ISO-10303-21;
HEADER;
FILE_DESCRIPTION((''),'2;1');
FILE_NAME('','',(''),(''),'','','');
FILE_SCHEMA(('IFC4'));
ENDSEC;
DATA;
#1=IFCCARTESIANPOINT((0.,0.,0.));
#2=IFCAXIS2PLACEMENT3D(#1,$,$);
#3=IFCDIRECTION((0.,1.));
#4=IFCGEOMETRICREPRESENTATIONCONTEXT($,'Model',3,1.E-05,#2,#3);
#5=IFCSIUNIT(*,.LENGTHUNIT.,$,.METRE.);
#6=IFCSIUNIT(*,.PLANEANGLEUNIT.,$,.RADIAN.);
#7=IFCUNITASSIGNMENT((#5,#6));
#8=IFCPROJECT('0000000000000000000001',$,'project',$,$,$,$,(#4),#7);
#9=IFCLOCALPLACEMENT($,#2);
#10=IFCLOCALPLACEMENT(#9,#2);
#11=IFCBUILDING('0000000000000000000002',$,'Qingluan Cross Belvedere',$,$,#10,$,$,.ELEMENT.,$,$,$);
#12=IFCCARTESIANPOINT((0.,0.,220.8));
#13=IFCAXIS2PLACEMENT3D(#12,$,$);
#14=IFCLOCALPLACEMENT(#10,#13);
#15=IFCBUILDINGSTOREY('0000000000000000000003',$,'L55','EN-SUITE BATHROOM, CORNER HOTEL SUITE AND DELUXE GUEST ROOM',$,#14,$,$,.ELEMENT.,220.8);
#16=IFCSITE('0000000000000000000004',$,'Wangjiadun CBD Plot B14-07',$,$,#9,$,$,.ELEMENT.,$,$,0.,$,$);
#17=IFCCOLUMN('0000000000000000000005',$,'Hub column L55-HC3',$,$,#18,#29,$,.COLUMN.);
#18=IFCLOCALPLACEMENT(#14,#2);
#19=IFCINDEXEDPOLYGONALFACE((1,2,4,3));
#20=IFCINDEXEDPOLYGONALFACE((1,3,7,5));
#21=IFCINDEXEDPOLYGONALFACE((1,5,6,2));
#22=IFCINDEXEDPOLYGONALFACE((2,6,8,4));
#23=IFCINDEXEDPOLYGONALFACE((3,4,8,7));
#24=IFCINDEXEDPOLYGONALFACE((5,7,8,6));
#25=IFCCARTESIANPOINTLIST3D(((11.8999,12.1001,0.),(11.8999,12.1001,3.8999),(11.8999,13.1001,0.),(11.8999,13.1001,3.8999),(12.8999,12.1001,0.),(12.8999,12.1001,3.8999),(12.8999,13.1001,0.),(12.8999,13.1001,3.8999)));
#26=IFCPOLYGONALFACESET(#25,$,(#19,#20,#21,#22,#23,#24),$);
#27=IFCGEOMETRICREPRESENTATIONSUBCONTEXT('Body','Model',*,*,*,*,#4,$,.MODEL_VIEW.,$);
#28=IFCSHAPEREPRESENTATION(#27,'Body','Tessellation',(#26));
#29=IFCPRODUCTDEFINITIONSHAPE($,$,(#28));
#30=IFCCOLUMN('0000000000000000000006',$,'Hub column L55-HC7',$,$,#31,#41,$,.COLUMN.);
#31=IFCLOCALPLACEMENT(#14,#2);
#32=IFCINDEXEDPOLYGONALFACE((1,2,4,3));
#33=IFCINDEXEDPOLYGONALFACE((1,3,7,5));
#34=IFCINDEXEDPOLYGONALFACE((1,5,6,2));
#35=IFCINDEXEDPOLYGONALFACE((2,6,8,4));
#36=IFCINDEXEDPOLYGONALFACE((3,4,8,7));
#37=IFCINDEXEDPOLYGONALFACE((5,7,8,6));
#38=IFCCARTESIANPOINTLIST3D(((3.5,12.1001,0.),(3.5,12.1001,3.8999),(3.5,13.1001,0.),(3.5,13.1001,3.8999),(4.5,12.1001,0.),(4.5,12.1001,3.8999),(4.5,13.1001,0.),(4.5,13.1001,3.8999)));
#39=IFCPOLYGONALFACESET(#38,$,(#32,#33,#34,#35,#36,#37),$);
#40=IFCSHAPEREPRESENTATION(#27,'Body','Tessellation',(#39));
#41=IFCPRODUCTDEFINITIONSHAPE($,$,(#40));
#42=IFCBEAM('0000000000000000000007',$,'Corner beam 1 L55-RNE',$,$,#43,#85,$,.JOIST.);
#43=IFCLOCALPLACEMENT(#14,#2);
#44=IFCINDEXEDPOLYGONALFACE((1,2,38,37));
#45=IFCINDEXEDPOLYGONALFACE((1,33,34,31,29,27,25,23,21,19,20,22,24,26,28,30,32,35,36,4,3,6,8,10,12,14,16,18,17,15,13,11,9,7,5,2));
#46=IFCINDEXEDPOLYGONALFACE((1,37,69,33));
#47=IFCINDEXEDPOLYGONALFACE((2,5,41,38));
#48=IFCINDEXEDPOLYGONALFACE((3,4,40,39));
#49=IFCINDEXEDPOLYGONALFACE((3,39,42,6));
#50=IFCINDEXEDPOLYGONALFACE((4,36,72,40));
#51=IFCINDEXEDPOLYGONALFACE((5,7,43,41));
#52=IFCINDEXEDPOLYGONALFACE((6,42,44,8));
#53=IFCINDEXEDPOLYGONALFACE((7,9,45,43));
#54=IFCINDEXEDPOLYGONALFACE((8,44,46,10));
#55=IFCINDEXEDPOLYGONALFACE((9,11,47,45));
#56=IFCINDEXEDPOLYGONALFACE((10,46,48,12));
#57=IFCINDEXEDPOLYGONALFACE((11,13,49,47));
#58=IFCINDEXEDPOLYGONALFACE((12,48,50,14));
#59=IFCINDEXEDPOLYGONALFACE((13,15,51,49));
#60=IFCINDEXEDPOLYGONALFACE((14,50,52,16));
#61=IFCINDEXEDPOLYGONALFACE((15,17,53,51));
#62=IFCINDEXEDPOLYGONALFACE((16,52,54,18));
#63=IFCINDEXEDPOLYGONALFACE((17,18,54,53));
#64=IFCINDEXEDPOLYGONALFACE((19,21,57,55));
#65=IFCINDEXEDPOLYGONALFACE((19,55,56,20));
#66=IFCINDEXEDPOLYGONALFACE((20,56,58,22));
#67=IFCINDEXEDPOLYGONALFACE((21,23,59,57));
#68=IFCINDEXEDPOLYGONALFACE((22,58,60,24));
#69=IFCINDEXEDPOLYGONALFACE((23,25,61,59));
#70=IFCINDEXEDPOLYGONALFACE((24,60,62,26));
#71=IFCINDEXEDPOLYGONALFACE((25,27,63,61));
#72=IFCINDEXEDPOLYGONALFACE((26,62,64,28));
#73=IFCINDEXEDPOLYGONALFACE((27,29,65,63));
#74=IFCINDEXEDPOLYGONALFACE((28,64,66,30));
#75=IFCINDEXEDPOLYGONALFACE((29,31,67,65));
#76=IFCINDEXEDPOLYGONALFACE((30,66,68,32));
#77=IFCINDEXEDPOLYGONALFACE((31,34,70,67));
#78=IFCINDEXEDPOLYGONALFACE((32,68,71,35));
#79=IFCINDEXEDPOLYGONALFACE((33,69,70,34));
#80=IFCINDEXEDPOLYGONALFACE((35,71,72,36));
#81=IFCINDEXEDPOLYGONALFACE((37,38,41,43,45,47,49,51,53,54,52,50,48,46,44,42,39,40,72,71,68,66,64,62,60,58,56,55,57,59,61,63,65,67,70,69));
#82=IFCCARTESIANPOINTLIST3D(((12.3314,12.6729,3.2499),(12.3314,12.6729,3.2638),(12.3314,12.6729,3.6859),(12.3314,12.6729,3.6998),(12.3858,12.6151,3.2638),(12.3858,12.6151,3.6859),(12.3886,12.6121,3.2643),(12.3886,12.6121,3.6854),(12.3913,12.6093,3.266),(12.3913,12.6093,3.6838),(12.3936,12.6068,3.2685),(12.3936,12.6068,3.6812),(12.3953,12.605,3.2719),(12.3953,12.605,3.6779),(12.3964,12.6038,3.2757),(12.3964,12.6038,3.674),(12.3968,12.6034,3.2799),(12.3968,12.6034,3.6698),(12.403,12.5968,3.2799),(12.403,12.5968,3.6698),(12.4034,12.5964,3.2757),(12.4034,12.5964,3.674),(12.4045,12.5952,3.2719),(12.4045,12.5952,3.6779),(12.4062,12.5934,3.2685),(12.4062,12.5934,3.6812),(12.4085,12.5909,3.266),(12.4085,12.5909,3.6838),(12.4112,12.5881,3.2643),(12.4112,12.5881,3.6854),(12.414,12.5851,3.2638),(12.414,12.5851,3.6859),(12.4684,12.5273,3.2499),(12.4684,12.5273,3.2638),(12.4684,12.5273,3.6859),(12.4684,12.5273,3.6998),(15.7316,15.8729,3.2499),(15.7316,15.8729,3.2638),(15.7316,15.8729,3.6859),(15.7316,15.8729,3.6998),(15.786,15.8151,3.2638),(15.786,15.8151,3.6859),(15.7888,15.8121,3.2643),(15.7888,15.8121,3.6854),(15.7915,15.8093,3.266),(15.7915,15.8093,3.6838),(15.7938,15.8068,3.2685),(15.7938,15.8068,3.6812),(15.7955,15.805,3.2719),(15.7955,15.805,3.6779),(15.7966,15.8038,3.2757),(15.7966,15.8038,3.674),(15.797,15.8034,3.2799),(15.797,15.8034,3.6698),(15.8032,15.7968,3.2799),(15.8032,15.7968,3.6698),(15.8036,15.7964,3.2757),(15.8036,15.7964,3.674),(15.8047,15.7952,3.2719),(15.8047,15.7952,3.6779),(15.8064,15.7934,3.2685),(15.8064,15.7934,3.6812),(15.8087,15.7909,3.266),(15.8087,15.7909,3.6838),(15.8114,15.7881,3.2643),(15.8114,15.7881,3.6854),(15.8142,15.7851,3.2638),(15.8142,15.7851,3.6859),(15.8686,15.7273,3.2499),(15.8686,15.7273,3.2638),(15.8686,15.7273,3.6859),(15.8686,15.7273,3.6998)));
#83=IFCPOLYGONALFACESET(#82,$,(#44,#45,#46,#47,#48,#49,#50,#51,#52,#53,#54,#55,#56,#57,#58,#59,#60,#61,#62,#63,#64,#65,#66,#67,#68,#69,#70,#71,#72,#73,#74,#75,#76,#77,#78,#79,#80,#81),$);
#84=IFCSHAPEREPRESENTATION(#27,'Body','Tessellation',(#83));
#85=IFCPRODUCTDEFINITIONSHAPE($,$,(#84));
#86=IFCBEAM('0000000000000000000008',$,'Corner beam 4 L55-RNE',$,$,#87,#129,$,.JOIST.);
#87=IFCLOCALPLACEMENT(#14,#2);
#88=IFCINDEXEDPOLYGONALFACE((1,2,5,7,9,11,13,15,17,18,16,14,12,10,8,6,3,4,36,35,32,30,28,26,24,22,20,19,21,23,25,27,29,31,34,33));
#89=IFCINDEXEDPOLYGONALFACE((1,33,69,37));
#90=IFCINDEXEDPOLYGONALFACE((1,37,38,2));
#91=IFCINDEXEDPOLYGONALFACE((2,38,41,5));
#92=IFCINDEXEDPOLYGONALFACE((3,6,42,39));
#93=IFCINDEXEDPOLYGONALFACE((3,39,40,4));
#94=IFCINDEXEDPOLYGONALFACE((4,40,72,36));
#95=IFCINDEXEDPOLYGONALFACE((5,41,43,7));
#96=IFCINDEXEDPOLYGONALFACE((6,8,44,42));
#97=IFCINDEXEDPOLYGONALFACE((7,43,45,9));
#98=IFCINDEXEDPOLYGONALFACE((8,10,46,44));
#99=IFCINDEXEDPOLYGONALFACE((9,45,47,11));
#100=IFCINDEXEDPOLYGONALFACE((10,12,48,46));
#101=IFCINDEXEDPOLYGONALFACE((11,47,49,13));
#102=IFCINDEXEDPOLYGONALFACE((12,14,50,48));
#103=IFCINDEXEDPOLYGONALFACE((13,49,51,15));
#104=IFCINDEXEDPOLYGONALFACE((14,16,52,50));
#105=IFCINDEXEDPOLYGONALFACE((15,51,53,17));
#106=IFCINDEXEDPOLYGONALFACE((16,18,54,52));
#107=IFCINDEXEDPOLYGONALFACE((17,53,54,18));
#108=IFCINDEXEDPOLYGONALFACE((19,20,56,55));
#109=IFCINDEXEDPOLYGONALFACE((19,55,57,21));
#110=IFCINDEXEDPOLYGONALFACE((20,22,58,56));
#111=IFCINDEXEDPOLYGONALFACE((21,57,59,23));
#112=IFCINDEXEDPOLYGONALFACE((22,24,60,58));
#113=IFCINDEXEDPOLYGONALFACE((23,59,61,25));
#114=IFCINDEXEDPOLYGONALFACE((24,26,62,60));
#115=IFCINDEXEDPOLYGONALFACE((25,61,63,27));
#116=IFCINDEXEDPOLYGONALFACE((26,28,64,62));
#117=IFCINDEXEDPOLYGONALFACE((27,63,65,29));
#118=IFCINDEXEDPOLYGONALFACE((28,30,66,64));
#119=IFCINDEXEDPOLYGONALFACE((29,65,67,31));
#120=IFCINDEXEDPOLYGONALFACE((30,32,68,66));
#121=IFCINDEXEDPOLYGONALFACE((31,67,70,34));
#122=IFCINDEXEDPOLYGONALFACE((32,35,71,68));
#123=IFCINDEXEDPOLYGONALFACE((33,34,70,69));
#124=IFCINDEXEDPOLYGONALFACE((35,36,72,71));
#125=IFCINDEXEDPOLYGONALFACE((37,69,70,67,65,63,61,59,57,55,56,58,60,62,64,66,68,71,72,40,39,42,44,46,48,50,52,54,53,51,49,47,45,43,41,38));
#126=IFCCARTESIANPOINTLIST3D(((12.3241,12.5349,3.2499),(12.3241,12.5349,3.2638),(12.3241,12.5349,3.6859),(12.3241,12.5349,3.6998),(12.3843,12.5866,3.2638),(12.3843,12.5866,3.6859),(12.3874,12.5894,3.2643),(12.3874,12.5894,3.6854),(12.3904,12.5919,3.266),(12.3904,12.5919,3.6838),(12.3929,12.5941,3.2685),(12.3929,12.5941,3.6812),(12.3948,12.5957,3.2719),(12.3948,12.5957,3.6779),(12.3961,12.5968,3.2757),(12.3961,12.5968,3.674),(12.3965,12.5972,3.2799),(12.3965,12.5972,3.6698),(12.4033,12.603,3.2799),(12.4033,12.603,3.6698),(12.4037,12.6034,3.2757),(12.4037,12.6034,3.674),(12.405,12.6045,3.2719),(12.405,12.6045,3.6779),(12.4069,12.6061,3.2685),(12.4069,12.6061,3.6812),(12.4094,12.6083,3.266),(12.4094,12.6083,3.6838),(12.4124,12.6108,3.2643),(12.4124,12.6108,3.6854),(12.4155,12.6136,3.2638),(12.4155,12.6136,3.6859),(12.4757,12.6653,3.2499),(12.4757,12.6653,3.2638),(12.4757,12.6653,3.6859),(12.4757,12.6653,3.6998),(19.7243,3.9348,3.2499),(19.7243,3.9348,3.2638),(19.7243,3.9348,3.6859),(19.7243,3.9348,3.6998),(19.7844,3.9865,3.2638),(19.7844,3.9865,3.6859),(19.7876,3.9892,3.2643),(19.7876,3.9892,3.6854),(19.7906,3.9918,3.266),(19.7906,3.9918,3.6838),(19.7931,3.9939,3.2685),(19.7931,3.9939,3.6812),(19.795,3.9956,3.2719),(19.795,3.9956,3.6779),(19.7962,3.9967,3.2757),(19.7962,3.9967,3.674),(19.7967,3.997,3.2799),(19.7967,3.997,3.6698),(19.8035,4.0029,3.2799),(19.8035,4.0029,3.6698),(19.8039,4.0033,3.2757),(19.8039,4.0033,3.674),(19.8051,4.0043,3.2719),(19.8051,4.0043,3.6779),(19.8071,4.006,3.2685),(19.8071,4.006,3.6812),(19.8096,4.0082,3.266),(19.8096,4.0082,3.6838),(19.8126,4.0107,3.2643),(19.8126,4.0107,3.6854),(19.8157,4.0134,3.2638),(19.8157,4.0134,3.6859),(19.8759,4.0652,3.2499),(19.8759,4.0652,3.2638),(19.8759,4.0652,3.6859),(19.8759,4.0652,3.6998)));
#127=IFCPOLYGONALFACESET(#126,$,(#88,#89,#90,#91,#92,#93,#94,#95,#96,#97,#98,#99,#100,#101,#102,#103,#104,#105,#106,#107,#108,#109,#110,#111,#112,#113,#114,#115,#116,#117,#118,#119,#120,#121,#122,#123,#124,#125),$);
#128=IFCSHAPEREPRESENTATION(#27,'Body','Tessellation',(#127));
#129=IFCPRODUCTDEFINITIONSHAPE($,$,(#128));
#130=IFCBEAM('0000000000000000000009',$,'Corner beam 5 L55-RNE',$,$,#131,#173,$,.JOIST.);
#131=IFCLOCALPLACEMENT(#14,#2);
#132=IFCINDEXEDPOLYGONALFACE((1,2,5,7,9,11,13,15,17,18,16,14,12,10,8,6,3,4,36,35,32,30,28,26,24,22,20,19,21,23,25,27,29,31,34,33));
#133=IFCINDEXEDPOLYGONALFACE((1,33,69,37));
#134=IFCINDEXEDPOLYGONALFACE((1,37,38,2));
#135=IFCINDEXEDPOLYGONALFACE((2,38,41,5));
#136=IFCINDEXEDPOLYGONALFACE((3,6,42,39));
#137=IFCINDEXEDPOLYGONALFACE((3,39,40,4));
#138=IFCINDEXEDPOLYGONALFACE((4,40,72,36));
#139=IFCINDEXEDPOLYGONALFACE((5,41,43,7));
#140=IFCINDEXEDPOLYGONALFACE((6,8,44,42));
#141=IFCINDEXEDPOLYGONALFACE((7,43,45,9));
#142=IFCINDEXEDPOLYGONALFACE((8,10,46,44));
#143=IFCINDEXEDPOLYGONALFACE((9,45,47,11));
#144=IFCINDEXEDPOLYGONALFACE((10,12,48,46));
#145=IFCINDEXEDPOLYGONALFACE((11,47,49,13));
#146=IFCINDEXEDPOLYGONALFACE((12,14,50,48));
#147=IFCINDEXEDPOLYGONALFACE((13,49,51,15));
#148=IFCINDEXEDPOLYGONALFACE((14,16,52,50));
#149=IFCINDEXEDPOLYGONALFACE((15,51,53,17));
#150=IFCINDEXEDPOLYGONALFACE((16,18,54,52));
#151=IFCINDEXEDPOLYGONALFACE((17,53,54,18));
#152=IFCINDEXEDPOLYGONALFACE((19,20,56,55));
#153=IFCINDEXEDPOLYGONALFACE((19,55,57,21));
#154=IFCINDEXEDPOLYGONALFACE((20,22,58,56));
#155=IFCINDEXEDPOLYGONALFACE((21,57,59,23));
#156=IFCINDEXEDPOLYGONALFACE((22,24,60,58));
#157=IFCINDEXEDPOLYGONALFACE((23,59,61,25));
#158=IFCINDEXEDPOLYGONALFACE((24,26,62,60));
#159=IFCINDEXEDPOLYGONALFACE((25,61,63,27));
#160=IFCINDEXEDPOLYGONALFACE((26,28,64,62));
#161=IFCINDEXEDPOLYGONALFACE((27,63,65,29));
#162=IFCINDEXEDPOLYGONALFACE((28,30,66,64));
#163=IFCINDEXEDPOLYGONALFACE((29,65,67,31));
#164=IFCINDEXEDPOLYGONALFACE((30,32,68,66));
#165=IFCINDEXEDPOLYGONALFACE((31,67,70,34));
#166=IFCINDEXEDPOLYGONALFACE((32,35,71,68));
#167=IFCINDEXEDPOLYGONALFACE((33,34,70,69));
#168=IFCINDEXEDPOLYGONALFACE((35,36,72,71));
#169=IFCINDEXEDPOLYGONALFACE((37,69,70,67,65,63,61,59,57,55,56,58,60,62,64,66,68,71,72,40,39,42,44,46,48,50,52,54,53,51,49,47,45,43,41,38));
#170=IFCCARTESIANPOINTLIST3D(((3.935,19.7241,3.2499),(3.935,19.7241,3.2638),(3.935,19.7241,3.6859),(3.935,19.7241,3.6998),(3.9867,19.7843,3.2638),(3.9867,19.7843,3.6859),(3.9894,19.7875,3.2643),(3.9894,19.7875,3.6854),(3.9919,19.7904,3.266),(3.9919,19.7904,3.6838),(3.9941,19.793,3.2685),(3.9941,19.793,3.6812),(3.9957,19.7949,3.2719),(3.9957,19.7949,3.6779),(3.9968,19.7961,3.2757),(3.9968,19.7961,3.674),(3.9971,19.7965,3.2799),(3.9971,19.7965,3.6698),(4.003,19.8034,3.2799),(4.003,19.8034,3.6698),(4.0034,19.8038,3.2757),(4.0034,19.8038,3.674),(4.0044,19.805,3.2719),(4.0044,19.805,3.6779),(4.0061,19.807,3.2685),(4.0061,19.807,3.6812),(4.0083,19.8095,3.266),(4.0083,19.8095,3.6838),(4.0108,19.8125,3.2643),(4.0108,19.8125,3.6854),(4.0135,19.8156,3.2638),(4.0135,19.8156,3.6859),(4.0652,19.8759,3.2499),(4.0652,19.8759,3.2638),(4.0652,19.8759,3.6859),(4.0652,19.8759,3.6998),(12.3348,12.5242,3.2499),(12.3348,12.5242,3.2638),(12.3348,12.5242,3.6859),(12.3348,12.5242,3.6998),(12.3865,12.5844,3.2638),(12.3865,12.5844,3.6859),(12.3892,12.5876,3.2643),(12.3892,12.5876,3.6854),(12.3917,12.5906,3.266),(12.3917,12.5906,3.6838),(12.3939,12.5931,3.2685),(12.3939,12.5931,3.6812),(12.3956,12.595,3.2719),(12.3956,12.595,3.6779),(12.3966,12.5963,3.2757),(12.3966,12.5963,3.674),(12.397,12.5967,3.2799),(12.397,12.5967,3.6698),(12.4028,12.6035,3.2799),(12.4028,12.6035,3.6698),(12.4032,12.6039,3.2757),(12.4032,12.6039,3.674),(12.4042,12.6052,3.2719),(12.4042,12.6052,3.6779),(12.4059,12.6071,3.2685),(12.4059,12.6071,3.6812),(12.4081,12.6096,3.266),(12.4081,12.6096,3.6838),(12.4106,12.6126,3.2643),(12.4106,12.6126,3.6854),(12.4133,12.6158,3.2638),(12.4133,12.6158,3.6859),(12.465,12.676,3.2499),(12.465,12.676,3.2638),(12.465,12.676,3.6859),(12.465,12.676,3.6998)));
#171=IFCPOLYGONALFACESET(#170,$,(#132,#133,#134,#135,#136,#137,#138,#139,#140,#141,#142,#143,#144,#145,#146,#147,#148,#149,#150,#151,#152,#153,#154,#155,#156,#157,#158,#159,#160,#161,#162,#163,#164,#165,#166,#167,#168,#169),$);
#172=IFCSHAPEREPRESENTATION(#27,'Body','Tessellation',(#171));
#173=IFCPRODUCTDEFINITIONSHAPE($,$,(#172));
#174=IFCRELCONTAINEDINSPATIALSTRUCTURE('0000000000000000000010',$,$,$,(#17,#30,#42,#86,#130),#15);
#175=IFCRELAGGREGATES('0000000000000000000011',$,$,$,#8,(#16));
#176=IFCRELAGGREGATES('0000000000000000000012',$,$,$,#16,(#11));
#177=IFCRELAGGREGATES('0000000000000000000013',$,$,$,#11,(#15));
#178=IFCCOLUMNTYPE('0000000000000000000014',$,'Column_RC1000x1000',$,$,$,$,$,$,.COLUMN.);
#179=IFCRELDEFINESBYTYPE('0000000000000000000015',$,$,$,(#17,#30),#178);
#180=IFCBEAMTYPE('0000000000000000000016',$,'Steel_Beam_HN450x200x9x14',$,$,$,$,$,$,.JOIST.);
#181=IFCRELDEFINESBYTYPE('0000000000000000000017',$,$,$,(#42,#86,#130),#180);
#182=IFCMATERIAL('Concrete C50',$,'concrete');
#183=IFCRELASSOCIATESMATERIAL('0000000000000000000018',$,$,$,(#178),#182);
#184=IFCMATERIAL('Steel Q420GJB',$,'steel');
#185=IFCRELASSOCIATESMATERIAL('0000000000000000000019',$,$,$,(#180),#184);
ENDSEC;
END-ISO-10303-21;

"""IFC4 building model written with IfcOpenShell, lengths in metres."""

from ifc_helpers import new_model, si_unit, direction, frame, origin, origin_2d, place, context, subcontext, project, spatial, rectangle, i_section, extrude, material, material_profile, profile_set, type_object, element, save


model = new_model("IFC4")

# Units and contexts
model_context = context("Model", 3, precision=1e-05, world=origin(), true_north=direction((0.0, 1.0)))
body_context = subcontext(model_context, "Body", "Model", "MODEL_VIEW")
ifc_project = project(units=[si_unit("LENGTHUNIT", "METRE"), si_unit("PLANEANGLEUNIT", "RADIAN")], contexts=[model_context])

# Site, building, storey
site_placement = place(None, origin())
site = spatial("IfcSite", under=ifc_project, at=site_placement, Name="Wangjiadun CBD Plot B14-07", CompositionType="ELEMENT", RefElevation=0.0)
building_placement = place(site_placement, origin())
building = spatial("IfcBuilding", under=site, at=building_placement, Name="Qingluan Cross Belvedere", CompositionType="ELEMENT")
storey_placement = place(building_placement, frame((0.0, 0.0, 220.8)))
storey = spatial("IfcBuildingStorey", under=building, at=storey_placement, Name="L55", Description="EN-SUITE BATHROOM, CORNER HOTEL SUITE AND DELUXE GUEST ROOM", CompositionType="ELEMENT", Elevation=220.8)

# Columns
ifc_material_1 = material(Name="Concrete C50", Category="concrete")
ifc_material_profile_1 = material_profile(ifc_material_1, rectangle(XDim=1.0, YDim=1.0, at=origin_2d()), Name="RC1000x1000")
ifc_profile_set_1 = profile_set([ifc_material_profile_1], Name="Concrete C50")
column_type = type_object("IfcColumnType", Name="Column_RC1000x1000", PredefinedType="COLUMN", material=ifc_profile_set_1)
for number, where, z_axis, x_axis, name in (
    (1, (12.3999, 12.6001, 0.0), (0.0, 0.0, 1.0), (1.0, 0.0, 0.0), "Hub column L55-HC3"),
    (2, (4.0, 12.6001, 0.0), (0.0, 0.0, 1.0), (1.0, 0.0, 0.0), "Hub column L55-HC7"),
):
    element("IfcColumn", number, at=place(storey_placement, frame(where, z_axis=z_axis, x_axis=x_axis)), inside=storey, type_object=column_type, Name=name, PredefinedType="COLUMN", context=body_context, shape_type="SweptSolid", body=[
        extrude(rectangle(XDim=1.0, YDim=1.0, at=origin_2d()), origin(), (0.0, 0.0, 1.0), 3.8999),
    ])

# Beams
ifc_material_2 = material(Name="Steel Q420GJB", Category="steel")
ifc_material_profile_2 = material_profile(ifc_material_2, i_section(OverallWidth=0.2, OverallDepth=0.45, WebThickness=0.009, FlangeThickness=0.0139, FilletRadius=0.0161, at=origin_2d()), Name="HN450x200x9x14")
ifc_profile_set_2 = profile_set([ifc_material_profile_2], Name="Steel Q420GJB")
beam_type_1 = type_object("IfcBeamType", Name="Steel_Beam_HN450x200x9x14", PredefinedType="JOIST", material=ifc_profile_set_2)
beam_1_placement = place(storey_placement, frame((12.3999, 12.6001, 3.4749), z_axis=(0.72822, 0.685343, 0.0), x_axis=(-0.685343, 0.72822, 0.0)))
element("IfcBeam", 3, at=beam_1_placement, inside=storey, type_object=beam_type_1, Name="Corner beam 1 L55-RNE", PredefinedType="JOIST", context=body_context, shape_type="SweptSolid", body=[
    extrude(i_section(OverallWidth=0.2, OverallDepth=0.45, WebThickness=0.009, FlangeThickness=0.0139, FilletRadius=0.0161, at=origin_2d()), origin(), (0.0, 0.0, 1.0), 4.6692),
])
beam_2_placement = place(storey_placement, frame((12.3999, 12.6001, 3.4749), z_axis=(0.652245, -0.758008, 0.0), x_axis=(0.758008, 0.652245, 0.0)))
element("IfcBeam", 4, at=beam_2_placement, inside=storey, type_object=beam_type_1, Name="Corner beam 4 L55-RNE", PredefinedType="JOIST", context=body_context, shape_type="SweptSolid", body=[
    extrude(i_section(OverallWidth=0.2, OverallDepth=0.45, WebThickness=0.009, FlangeThickness=0.0139, FilletRadius=0.0161, at=origin_2d()), origin(), (0.0, 0.0, 1.0), 11.3457),
])
beam_3_placement = place(storey_placement, frame((12.3999, 12.6001, 3.4749), z_axis=(-0.759255, 0.650793, 0.0), x_axis=(-0.650793, -0.759255, 0.0)))
element("IfcBeam", 5, at=beam_3_placement, inside=storey, type_object=beam_type_1, Name="Corner beam 5 L55-RNE", PredefinedType="JOIST", context=body_context, shape_type="SweptSolid", body=[
    extrude(i_section(OverallWidth=0.2, OverallDepth=0.45, WebThickness=0.009, FlangeThickness=0.0139, FilletRadius=0.0161, at=origin_2d()), origin(), (0.0, 0.0, 1.0), 11.0632),
])

save(model, "model.ifc")
